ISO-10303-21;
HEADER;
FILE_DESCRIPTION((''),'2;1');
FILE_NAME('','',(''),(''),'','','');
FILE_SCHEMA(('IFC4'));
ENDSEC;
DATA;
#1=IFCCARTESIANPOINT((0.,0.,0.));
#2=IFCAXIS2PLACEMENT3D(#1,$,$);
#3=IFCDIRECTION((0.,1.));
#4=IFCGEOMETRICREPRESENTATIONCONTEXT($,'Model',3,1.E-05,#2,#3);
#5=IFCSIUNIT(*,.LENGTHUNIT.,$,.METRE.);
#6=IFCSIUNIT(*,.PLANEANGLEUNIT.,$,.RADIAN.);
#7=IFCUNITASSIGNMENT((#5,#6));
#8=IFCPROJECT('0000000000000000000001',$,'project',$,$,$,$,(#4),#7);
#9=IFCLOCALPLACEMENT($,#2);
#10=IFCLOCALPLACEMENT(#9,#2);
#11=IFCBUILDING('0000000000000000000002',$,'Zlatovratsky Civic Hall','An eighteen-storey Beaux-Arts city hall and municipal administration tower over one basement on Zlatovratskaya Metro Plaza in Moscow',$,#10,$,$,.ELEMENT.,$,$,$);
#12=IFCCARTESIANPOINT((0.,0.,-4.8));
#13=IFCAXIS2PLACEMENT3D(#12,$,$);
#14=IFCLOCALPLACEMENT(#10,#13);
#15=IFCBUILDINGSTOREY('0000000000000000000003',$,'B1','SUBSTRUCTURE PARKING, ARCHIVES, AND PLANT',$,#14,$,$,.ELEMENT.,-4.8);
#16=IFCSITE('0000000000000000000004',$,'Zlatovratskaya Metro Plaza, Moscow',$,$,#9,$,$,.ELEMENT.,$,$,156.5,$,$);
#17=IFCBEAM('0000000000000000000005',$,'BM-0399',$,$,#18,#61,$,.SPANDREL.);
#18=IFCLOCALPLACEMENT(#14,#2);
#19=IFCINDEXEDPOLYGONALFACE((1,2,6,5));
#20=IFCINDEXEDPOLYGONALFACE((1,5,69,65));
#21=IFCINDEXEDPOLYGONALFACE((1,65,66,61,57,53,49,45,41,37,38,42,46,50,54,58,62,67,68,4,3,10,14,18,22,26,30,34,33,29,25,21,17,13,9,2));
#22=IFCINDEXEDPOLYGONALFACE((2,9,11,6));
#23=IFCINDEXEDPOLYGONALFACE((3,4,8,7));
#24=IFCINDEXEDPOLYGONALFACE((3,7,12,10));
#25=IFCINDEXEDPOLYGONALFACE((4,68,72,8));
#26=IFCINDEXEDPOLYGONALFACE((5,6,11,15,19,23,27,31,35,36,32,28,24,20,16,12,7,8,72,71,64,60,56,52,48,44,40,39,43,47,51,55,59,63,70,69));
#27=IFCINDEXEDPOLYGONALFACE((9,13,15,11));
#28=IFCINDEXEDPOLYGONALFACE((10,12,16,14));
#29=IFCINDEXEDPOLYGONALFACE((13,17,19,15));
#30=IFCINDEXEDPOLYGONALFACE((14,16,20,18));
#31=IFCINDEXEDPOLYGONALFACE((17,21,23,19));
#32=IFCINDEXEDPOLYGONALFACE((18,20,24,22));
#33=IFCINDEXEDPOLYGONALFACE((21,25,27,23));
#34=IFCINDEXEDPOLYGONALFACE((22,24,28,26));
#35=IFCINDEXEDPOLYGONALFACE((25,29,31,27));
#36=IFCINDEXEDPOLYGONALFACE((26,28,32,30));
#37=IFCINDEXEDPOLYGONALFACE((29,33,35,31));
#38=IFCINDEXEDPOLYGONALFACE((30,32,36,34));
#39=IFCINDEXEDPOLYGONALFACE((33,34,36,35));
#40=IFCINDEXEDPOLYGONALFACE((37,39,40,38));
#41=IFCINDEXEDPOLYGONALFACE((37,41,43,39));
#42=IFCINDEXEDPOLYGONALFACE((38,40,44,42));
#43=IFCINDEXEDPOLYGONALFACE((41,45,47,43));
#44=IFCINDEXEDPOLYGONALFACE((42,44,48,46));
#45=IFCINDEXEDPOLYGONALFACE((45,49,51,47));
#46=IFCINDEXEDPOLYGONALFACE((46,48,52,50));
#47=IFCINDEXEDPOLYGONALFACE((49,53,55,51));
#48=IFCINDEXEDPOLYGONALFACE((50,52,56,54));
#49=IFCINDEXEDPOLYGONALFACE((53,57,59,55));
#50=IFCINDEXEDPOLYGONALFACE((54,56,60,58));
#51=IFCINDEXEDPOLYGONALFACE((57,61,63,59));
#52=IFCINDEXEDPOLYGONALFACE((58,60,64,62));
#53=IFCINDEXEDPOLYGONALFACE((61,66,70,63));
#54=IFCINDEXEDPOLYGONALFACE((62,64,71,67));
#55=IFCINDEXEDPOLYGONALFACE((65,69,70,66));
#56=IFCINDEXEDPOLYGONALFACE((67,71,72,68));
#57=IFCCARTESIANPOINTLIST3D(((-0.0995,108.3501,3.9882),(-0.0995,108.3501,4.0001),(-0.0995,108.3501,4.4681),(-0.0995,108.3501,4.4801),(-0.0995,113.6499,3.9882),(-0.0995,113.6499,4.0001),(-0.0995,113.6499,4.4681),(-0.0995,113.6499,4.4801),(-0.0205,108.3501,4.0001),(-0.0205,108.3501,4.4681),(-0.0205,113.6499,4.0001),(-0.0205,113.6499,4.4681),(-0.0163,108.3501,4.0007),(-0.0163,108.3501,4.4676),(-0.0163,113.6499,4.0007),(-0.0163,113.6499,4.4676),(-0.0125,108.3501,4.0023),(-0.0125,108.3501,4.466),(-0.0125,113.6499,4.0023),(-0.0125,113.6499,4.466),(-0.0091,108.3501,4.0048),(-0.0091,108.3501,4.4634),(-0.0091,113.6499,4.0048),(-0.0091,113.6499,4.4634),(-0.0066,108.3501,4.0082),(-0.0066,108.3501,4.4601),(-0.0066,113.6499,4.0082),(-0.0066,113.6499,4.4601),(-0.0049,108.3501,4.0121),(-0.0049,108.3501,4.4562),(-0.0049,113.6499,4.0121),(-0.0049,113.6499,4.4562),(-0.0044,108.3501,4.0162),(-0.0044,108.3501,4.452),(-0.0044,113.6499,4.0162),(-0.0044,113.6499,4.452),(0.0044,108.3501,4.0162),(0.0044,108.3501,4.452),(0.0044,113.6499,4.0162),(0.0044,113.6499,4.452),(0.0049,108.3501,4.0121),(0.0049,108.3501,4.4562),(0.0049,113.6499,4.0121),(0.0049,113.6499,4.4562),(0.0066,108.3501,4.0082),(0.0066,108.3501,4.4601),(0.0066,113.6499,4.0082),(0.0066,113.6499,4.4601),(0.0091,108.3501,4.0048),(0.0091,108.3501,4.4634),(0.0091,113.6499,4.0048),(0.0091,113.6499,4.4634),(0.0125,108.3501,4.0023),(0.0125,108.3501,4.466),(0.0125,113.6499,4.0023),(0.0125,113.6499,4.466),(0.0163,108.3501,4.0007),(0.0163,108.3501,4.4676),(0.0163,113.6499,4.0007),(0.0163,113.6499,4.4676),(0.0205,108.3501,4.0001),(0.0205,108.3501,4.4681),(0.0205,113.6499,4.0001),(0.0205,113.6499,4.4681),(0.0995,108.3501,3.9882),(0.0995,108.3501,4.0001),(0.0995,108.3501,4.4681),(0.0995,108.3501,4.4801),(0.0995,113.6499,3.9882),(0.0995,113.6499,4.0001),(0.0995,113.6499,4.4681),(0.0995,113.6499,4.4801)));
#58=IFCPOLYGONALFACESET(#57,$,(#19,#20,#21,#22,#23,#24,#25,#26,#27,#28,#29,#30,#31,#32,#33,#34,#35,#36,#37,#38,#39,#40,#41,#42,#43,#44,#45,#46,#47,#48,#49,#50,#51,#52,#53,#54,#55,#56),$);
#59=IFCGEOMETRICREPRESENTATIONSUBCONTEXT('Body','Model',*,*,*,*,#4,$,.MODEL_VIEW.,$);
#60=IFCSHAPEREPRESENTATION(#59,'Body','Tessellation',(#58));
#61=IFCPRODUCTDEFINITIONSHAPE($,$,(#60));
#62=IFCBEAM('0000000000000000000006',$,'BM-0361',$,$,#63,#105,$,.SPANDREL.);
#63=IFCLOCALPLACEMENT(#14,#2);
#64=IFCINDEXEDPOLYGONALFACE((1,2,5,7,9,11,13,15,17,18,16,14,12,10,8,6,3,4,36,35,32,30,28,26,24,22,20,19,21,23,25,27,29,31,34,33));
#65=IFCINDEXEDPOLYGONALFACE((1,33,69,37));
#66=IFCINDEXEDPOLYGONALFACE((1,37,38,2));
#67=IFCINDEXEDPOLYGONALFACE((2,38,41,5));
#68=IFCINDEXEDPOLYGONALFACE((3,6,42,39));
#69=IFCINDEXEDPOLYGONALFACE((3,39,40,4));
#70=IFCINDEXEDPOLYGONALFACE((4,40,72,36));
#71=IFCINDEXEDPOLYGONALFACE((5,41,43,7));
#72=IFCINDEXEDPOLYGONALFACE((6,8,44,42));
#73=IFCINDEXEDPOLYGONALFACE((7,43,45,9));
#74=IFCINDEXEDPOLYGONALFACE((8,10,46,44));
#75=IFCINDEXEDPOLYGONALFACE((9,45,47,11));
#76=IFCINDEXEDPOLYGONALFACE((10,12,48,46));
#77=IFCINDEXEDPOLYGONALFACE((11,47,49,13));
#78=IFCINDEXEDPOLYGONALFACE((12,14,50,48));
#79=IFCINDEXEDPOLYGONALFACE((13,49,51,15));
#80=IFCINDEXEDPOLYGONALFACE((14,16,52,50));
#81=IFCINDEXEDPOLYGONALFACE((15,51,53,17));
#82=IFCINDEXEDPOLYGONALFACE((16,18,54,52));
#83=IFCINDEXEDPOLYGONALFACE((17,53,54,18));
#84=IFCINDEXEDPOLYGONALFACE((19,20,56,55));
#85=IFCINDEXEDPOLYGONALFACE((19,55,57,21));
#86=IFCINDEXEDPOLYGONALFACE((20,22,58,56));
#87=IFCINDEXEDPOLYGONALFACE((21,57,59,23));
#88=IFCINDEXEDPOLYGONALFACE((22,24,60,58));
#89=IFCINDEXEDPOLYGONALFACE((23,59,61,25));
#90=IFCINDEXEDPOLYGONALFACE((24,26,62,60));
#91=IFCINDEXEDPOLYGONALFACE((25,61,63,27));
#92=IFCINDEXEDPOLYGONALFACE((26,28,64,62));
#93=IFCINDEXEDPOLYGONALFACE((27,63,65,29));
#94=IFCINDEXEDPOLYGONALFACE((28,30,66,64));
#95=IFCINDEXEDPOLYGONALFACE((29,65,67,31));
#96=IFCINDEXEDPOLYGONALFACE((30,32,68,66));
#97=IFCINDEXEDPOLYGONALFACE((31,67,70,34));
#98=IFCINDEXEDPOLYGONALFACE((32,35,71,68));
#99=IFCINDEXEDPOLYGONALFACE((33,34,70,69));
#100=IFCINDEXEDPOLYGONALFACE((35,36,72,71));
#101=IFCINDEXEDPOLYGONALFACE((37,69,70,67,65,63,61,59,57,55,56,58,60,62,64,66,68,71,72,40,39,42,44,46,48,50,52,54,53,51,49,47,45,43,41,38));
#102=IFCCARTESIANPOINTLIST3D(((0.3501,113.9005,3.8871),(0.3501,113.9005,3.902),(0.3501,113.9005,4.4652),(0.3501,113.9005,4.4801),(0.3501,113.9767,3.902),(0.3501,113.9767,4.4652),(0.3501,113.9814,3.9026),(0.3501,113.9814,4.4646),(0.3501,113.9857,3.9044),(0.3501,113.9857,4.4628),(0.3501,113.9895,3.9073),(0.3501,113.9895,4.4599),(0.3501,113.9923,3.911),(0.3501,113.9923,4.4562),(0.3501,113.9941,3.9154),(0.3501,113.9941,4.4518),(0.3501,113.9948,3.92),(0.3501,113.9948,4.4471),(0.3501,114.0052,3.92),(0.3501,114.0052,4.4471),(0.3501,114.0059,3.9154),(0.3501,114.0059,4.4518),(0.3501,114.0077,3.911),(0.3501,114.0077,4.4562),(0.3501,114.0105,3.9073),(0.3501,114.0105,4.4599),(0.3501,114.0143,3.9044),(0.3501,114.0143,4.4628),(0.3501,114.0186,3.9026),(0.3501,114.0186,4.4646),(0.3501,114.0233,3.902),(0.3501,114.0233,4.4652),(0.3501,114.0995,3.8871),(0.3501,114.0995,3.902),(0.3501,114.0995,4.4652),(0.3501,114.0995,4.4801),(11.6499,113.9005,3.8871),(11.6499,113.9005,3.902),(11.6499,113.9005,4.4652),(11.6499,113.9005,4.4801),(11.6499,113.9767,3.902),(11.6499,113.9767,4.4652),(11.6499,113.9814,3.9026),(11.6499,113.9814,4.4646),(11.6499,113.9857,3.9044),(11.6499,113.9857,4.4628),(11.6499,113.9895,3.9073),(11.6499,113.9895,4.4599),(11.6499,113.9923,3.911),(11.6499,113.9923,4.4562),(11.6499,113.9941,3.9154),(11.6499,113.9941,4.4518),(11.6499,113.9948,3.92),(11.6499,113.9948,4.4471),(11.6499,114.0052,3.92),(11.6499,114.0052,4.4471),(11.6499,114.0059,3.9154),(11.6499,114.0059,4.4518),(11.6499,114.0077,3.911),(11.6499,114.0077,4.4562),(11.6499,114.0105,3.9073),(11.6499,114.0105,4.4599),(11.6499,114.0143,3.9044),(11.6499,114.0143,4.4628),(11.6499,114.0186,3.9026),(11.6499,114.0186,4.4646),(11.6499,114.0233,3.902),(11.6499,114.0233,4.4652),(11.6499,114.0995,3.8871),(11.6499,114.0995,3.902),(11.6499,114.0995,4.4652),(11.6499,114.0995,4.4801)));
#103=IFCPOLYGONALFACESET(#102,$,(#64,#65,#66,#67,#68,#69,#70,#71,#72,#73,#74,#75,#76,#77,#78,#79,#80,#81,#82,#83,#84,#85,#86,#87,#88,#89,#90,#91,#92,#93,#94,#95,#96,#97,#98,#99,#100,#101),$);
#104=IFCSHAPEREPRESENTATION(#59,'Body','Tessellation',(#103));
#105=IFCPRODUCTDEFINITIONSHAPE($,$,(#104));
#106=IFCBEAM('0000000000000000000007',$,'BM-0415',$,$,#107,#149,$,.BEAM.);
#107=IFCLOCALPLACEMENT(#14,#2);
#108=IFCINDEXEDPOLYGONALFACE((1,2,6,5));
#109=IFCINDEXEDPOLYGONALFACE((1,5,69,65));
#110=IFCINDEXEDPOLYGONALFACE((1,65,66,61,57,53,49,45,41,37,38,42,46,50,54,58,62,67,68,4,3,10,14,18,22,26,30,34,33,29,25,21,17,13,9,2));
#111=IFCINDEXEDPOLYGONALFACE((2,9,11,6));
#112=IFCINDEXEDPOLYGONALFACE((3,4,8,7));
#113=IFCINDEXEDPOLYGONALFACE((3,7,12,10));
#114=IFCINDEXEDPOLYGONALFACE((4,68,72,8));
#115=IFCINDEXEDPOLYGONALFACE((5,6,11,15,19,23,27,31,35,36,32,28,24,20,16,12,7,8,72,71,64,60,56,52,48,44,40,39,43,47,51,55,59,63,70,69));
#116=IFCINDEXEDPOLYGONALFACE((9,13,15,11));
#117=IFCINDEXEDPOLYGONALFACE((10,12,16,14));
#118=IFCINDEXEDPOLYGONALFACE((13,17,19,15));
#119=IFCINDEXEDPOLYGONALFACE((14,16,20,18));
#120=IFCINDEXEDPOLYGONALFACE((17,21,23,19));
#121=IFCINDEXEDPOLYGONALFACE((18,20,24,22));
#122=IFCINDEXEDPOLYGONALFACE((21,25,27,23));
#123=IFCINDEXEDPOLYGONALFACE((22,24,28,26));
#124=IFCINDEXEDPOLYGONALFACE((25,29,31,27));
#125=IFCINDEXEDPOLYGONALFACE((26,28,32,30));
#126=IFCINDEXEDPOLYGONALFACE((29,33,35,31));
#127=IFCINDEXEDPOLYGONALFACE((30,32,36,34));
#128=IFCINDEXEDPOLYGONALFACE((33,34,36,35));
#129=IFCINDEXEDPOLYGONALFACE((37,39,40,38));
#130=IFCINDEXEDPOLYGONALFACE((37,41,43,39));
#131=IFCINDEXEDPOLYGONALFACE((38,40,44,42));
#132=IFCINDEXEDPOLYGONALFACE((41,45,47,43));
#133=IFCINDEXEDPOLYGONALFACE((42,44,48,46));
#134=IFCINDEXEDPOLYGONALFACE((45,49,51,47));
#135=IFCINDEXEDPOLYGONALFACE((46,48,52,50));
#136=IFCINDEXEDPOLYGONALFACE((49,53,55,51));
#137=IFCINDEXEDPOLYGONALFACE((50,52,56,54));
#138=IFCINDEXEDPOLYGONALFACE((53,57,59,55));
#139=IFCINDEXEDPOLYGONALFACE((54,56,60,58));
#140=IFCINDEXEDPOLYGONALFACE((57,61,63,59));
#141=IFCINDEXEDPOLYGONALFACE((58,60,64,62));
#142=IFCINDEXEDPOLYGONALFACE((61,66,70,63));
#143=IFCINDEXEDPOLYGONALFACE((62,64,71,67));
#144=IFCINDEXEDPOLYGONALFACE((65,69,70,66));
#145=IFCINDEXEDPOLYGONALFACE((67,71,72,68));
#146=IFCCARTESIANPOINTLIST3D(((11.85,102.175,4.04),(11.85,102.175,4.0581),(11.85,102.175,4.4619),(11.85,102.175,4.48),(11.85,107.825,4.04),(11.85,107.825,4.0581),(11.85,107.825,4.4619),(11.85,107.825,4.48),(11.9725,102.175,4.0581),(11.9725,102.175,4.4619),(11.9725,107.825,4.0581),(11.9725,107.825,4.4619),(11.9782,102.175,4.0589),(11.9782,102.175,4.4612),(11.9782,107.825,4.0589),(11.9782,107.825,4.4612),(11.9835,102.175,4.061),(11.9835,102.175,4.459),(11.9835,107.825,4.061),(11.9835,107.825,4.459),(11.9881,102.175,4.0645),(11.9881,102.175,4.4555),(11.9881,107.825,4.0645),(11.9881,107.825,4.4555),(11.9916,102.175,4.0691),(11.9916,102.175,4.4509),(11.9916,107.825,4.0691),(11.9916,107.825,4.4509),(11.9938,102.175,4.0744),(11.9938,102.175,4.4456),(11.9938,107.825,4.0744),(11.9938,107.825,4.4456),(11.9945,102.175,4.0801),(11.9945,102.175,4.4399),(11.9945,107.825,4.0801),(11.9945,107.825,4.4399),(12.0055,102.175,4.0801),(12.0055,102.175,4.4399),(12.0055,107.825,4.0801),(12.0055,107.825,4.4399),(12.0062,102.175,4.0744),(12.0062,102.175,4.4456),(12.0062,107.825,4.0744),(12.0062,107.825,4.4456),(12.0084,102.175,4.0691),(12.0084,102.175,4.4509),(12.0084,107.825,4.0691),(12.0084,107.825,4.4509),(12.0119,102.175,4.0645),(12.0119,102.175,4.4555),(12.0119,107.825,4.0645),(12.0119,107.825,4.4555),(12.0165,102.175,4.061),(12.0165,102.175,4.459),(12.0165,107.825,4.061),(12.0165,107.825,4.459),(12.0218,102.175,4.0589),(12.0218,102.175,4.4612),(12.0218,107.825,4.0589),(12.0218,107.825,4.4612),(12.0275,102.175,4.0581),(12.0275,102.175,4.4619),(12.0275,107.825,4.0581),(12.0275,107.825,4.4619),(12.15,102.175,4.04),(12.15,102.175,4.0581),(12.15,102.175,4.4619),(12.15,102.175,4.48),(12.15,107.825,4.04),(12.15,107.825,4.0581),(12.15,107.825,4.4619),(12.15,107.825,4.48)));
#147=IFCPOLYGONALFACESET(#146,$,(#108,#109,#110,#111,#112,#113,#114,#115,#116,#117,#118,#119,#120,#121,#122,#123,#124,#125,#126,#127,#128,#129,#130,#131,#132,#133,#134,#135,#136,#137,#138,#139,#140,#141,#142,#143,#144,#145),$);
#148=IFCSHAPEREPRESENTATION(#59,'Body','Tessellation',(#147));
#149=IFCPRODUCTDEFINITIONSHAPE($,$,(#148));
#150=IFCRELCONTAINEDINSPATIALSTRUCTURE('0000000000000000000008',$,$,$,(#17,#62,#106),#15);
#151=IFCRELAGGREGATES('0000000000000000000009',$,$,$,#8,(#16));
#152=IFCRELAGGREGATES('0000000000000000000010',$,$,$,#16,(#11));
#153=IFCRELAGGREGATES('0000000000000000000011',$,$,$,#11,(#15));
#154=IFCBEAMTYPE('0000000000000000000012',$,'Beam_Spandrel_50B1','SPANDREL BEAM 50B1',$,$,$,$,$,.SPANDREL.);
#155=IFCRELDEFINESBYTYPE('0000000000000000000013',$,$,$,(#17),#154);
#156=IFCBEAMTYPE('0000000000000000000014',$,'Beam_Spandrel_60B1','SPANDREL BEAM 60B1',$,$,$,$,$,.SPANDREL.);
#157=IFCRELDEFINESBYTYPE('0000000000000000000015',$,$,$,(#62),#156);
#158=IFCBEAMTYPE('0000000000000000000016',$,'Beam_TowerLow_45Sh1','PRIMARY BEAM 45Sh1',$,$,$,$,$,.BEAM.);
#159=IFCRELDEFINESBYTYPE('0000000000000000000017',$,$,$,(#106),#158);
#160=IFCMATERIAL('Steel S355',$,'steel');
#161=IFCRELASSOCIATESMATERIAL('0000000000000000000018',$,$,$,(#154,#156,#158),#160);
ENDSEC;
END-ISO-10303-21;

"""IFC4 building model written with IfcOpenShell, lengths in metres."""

from ifc_helpers import new_model, si_unit, direction, frame, origin, origin_2d, place, context, subcontext, project, spatial, i_section, extrude, material, material_profile, profile_set, type_object, element, save


model = new_model("IFC4")

# Units and contexts
model_context = context("Model", 3, precision=1e-05, world=origin(), true_north=direction((0.0, 1.0)))
body_context = subcontext(model_context, "Body", "Model", "MODEL_VIEW")
ifc_project = project(units=[si_unit("LENGTHUNIT", "METRE"), si_unit("PLANEANGLEUNIT", "RADIAN")], contexts=[model_context])

# Site, building, storey
site_placement = place(None, origin())
site = spatial("IfcSite", under=ifc_project, at=site_placement, Name="Zlatovratskaya Metro Plaza, Moscow", CompositionType="ELEMENT", RefElevation=156.5)
building_placement = place(site_placement, origin())
building = spatial("IfcBuilding", under=site, at=building_placement, Name="Zlatovratsky Civic Hall", Description="An eighteen-storey Beaux-Arts city hall and municipal administration tower over one basement on Zlatovratskaya Metro Plaza in Moscow", CompositionType="ELEMENT")
storey_placement = place(building_placement, frame((0.0, 0.0, -4.8)))
storey = spatial("IfcBuildingStorey", under=building, at=storey_placement, Name="B1", Description="SUBSTRUCTURE PARKING, ARCHIVES, AND PLANT", CompositionType="ELEMENT", Elevation=-4.8)

# Beams
ifc_material_1 = material(Name="Steel S355", Category="steel")
ifc_material_profile_1 = material_profile(ifc_material_1, i_section(OverallWidth=0.199, OverallDepth=0.4919, WebThickness=0.0088, FlangeThickness=0.012, FilletRadius=0.0161, at=origin_2d()), Name="50B1")
ifc_profile_set_1 = profile_set([ifc_material_profile_1], Name="Steel S355")
beam_type_1 = type_object("IfcBeamType", Name="Beam_Spandrel_50B1", Description="SPANDREL BEAM 50B1", PredefinedType="SPANDREL", material=ifc_profile_set_1)
for number, where, z_axis, x_axis, name in (
    (1, (0.0, 108.3501, 4.2341), (0.0, 1.0, 0.0), (-1.0, 0.0, 0.0), "BM-0399"),
):
    element("IfcBeam", number, at=place(storey_placement, frame(where, z_axis=z_axis, x_axis=x_axis)), inside=storey, type_object=beam_type_1, Name=name, PredefinedType="SPANDREL", context=body_context, shape_type="SweptSolid", body=[
        extrude(i_section(OverallWidth=0.199, OverallDepth=0.4919, WebThickness=0.0088, FlangeThickness=0.012, FilletRadius=0.0161, at=origin_2d()), origin(), (0.0, 0.0, 1.0), 5.2998),
    ])
ifc_material_profile_2 = material_profile(ifc_material_1, i_section(OverallWidth=0.199, OverallDepth=0.593, WebThickness=0.0105, FlangeThickness=0.0149, FilletRadius=0.0181, at=origin_2d()), Name="60B1")
ifc_profile_set_2 = profile_set([ifc_material_profile_2], Name="Steel S355")
beam_type_2 = type_object("IfcBeamType", Name="Beam_Spandrel_60B1", Description="SPANDREL BEAM 60B1", PredefinedType="SPANDREL", material=ifc_profile_set_2)
beam_1_placement = place(storey_placement, frame((0.3501, 114.0, 4.1836), z_axis=(1.0, 0.0, 0.0), x_axis=(0.0, 1.0, 0.0)))
element("IfcBeam", 2, at=beam_1_placement, inside=storey, type_object=beam_type_2, Name="BM-0361", PredefinedType="SPANDREL", context=body_context, shape_type="SweptSolid", body=[
    extrude(i_section(OverallWidth=0.199, OverallDepth=0.593, WebThickness=0.0105, FlangeThickness=0.0149, FilletRadius=0.0181, at=origin_2d()), origin(), (0.0, 0.0, 1.0), 11.2998),
])
ifc_material_profile_3 = material_profile(ifc_material_1, i_section(OverallWidth=0.3, OverallDepth=0.4399, WebThickness=0.011, FlangeThickness=0.0181, FilletRadius=0.022, at=origin_2d()), Name="45Sh1")
ifc_profile_set_3 = profile_set([ifc_material_profile_3], Name="Steel S355")
beam_type_3 = type_object("IfcBeamType", Name="Beam_TowerLow_45Sh1", Description="PRIMARY BEAM 45Sh1", PredefinedType="BEAM", material=ifc_profile_set_3)
beam_2_placement = place(storey_placement, frame((12.0, 102.175, 4.26), z_axis=(0.0, 1.0, 0.0), x_axis=(-1.0, 0.0, 0.0)))
element("IfcBeam", 3, at=beam_2_placement, inside=storey, type_object=beam_type_3, Name="BM-0415", PredefinedType="BEAM", context=body_context, shape_type="SweptSolid", body=[
    extrude(i_section(OverallWidth=0.3, OverallDepth=0.4399, WebThickness=0.011, FlangeThickness=0.0181, FilletRadius=0.022, at=origin_2d()), origin(), (0.0, 0.0, 1.0), 5.6499),
])

save(model, "model.ifc")
